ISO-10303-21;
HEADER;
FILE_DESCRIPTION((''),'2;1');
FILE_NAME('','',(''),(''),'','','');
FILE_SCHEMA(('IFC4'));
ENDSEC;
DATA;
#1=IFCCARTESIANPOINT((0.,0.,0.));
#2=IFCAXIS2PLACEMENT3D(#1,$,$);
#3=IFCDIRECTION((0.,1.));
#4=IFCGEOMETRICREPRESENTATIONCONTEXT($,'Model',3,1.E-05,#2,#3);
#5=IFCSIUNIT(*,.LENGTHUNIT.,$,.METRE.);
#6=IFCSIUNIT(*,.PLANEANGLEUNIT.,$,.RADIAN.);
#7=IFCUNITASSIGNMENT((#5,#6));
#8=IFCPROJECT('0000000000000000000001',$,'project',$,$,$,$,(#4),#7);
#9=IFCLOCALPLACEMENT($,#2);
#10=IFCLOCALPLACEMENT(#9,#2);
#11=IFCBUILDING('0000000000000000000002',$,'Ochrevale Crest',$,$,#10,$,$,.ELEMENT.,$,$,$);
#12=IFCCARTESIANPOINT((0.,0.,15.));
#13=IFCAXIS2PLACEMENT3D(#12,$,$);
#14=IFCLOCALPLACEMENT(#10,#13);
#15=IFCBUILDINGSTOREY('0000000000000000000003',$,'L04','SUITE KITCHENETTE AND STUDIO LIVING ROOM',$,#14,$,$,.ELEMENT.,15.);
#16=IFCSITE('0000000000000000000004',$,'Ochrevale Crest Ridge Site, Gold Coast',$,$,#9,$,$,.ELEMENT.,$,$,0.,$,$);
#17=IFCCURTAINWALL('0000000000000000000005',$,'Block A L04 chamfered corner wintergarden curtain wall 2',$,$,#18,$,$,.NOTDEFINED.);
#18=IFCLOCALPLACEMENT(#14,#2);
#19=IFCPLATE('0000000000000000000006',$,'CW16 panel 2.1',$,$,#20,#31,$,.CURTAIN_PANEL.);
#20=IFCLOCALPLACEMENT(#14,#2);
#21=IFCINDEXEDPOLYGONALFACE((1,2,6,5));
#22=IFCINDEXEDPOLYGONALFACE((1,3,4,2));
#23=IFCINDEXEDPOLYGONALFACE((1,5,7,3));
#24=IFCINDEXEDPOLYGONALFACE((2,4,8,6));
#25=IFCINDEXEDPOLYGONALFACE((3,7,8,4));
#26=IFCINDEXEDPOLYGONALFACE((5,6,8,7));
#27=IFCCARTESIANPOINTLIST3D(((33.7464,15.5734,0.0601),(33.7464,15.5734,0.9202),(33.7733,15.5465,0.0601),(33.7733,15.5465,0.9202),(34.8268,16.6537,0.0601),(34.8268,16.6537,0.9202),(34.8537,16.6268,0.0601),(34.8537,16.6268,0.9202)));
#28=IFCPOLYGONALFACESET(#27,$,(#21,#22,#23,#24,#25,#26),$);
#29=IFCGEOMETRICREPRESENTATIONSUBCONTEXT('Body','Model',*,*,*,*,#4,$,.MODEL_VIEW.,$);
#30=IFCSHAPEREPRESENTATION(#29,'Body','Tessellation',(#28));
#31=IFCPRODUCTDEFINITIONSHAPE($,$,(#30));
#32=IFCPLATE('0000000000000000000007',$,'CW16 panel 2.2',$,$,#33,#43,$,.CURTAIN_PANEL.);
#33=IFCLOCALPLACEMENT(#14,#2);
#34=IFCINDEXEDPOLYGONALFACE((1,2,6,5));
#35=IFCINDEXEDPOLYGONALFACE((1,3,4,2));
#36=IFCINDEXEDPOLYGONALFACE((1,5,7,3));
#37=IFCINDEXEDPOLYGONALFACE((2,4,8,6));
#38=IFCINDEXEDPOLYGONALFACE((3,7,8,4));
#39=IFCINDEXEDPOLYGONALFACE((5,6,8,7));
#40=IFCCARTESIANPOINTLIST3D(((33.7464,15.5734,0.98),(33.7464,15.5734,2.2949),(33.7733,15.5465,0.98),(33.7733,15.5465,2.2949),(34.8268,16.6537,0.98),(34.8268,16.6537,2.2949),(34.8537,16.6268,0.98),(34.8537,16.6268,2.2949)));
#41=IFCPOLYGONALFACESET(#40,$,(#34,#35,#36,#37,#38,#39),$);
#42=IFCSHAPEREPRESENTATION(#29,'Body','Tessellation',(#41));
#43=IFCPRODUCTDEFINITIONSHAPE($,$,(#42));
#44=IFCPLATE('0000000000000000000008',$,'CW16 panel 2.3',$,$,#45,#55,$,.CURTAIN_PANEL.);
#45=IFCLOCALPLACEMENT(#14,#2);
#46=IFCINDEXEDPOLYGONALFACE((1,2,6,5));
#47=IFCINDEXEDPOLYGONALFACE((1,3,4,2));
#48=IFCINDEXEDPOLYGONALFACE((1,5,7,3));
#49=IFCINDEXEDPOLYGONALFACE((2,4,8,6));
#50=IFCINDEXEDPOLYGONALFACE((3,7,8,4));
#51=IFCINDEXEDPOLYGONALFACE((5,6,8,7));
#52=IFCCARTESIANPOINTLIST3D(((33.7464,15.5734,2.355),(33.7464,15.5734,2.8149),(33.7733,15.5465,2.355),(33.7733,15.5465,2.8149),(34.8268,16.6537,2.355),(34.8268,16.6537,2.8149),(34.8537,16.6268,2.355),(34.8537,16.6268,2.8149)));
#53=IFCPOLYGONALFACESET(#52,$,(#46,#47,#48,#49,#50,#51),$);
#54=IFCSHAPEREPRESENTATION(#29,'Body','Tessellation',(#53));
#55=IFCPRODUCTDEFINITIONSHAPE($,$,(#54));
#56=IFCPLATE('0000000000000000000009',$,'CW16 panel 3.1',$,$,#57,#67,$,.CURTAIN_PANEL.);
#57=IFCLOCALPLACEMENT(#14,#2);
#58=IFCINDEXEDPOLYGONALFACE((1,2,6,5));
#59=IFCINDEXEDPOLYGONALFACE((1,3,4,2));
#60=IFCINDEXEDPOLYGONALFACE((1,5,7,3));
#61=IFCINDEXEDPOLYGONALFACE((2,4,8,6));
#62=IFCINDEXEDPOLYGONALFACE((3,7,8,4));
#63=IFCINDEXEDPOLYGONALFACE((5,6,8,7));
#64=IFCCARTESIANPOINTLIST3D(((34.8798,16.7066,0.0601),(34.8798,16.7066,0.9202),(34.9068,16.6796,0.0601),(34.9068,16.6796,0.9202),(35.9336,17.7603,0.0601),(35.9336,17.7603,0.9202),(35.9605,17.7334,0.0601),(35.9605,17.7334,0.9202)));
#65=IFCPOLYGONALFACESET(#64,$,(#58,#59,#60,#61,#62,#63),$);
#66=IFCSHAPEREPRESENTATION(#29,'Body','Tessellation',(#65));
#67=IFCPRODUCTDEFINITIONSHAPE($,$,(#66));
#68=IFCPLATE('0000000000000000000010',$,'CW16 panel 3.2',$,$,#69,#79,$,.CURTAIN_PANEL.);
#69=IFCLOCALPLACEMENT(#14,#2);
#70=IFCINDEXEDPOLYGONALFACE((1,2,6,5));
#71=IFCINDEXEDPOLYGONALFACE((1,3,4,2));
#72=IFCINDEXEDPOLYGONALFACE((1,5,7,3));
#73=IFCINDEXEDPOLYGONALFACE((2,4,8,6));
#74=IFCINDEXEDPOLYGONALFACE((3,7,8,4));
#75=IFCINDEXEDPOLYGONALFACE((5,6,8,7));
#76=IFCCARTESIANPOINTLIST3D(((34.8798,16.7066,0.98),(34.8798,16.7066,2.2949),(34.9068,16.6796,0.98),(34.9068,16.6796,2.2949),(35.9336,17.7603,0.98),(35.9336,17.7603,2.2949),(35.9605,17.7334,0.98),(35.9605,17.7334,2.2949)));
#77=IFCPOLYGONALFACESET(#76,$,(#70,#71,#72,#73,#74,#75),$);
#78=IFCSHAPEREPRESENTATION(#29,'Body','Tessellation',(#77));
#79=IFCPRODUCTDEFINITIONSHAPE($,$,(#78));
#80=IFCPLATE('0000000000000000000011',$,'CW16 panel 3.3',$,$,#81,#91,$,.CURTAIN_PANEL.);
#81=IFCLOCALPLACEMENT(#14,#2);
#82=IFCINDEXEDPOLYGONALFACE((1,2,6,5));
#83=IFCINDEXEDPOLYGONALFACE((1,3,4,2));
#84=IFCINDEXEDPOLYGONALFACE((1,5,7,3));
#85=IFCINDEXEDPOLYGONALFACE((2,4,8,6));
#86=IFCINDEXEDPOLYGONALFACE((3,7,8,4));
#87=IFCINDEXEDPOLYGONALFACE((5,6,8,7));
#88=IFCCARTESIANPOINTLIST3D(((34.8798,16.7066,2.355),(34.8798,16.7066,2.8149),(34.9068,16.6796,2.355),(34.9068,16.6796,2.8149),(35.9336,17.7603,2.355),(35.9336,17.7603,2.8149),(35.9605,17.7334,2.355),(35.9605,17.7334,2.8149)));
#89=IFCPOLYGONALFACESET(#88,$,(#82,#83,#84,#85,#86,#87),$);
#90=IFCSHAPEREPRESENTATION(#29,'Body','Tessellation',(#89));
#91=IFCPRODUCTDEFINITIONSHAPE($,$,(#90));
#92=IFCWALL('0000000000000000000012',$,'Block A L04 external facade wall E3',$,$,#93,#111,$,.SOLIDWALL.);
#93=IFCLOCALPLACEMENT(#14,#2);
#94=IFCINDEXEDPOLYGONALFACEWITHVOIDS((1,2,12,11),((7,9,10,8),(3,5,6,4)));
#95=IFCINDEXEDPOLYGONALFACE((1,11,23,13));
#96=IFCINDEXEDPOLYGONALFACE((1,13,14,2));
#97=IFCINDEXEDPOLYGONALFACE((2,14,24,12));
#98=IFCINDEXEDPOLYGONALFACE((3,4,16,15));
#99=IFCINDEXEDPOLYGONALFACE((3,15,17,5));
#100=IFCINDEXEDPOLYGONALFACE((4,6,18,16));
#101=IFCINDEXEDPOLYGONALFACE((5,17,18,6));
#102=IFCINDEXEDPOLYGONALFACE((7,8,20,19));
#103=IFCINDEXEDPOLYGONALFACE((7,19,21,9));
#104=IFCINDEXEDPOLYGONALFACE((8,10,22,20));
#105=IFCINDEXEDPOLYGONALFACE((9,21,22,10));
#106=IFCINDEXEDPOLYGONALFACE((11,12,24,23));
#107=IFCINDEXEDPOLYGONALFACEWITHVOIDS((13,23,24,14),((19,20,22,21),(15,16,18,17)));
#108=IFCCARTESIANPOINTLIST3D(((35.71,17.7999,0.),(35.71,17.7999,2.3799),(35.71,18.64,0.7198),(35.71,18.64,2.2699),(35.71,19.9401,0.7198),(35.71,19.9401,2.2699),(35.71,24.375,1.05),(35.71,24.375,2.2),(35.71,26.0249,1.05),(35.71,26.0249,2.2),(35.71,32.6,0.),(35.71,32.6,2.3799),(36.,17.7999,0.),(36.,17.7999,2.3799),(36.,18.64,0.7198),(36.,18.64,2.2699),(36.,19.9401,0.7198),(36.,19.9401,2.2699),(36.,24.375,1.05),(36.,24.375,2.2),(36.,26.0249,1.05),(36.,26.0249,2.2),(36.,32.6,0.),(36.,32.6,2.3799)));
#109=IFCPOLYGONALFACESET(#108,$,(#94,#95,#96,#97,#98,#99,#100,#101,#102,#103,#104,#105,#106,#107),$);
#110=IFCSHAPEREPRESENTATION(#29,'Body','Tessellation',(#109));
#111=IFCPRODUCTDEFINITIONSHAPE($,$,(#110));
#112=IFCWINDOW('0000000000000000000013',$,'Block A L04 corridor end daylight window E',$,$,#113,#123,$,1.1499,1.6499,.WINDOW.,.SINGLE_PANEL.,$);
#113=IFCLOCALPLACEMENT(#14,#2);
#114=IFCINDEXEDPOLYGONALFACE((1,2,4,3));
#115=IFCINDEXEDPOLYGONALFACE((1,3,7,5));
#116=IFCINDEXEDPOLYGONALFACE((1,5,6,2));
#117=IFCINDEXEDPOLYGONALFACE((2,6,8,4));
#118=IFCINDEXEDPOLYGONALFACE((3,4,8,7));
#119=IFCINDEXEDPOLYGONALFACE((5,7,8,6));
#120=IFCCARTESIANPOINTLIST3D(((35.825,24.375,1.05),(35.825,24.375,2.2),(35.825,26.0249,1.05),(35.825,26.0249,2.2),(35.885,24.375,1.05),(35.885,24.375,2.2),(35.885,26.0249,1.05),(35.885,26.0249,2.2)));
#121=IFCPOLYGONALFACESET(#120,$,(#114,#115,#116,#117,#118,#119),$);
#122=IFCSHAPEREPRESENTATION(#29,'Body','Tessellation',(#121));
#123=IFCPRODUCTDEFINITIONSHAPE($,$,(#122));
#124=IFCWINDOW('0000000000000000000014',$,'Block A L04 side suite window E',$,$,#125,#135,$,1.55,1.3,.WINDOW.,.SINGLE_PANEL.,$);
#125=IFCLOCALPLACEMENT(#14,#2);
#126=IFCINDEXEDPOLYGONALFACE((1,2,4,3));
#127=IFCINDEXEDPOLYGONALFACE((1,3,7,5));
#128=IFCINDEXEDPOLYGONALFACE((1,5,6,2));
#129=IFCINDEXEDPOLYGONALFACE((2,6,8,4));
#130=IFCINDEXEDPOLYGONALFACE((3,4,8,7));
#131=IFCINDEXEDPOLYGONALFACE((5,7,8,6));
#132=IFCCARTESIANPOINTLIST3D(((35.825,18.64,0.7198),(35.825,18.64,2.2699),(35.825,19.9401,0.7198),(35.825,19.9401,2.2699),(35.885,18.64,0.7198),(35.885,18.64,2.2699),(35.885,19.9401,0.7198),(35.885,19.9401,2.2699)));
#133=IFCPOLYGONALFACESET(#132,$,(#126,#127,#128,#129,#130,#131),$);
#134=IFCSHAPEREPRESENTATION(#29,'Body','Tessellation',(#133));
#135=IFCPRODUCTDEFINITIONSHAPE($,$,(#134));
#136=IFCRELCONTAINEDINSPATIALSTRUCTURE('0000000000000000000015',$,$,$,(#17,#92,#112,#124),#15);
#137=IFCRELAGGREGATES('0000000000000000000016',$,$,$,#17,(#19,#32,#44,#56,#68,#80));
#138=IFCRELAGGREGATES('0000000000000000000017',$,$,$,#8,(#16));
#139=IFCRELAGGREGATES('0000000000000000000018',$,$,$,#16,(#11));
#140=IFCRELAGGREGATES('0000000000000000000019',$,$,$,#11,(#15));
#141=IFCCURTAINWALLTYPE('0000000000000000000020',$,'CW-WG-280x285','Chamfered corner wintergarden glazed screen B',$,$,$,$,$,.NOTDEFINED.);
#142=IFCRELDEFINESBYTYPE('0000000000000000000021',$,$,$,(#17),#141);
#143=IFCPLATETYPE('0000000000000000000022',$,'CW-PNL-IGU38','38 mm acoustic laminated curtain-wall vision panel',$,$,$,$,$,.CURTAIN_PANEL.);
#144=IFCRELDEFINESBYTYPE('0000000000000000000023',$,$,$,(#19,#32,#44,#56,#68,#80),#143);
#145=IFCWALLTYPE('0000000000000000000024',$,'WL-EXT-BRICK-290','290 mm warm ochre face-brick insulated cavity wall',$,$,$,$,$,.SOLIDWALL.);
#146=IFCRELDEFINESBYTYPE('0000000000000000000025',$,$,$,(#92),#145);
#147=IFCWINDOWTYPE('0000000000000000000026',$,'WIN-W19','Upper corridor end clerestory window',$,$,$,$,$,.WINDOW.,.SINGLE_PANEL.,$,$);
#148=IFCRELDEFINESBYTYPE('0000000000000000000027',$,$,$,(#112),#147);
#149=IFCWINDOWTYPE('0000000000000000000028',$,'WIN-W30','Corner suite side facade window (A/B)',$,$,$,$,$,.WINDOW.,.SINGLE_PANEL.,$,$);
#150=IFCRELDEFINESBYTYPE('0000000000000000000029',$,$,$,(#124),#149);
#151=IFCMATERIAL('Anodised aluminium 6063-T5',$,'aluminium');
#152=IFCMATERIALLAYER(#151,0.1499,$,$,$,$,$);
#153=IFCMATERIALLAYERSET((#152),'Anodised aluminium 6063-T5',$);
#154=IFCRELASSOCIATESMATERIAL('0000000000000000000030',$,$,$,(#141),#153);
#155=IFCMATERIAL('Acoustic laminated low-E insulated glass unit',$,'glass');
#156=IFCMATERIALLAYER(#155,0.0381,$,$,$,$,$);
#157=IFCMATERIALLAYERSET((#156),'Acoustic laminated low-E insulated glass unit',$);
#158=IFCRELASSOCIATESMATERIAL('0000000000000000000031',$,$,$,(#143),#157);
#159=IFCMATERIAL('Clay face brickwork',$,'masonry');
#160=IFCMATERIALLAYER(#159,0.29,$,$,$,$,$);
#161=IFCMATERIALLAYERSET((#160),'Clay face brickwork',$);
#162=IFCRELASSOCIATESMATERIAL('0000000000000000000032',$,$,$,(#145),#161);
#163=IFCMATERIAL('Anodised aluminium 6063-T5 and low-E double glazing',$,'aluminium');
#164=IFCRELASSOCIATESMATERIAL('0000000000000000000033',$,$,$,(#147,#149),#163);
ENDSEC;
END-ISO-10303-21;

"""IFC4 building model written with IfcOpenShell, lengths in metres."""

from ifc_helpers import new_model, si_unit, direction, frame, frame_2d, origin, origin_2d, place, context, subcontext, project, spatial, rectangle, extrude, material, layer, layer_set, type_object, element, fill, aggregate, save


model = new_model("IFC4")

# Units and contexts
model_context = context("Model", 3, precision=1e-05, world=origin(), true_north=direction((0.0, 1.0)))
body_context = subcontext(model_context, "Body", "Model", "MODEL_VIEW")
ifc_project = project(units=[si_unit("LENGTHUNIT", "METRE"), si_unit("PLANEANGLEUNIT", "RADIAN")], contexts=[model_context])

# Site, building, storey
site_placement = place(None, origin())
site = spatial("IfcSite", under=ifc_project, at=site_placement, Name="Ochrevale Crest Ridge Site, Gold Coast", CompositionType="ELEMENT", RefElevation=0.0)
building_placement = place(site_placement, origin())
building = spatial("IfcBuilding", under=site, at=building_placement, Name="Ochrevale Crest", CompositionType="ELEMENT")
storey_placement = place(building_placement, frame((0.0, 0.0, 15.0)))
storey = spatial("IfcBuildingStorey", under=building, at=storey_placement, Name="L04", Description="SUITE KITCHENETTE AND STUDIO LIVING ROOM", CompositionType="ELEMENT", Elevation=15.0)

# Curtain wall, plates
ifc_material_1 = material(Name="Anodised aluminium 6063-T5", Category="aluminium")
ifc_layer_1 = layer(ifc_material_1, 0.1499)
ifc_layer_set_1 = layer_set([ifc_layer_1], Name="Anodised aluminium 6063-T5")
curtain_wall_type = type_object("IfcCurtainWallType", Name="CW-WG-280x285", Description="Chamfered corner wintergarden glazed screen B", PredefinedType="NOTDEFINED", material=ifc_layer_set_1)
curtain_wall_placement = place(storey_placement, origin())
curtain_wall = element("IfcCurtainWall", 1, at=curtain_wall_placement, inside=storey, type_object=curtain_wall_type, Name="Block A L04 chamfered corner wintergarden curtain wall 2", PredefinedType="NOTDEFINED")
ifc_material_2 = material(Name="Acoustic laminated low-E insulated glass unit", Category="glass")
ifc_layer_2 = layer(ifc_material_2, 0.0381)
ifc_layer_set_2 = layer_set([ifc_layer_2], Name="Acoustic laminated low-E insulated glass unit")
plate_type = type_object("IfcPlateType", Name="CW-PNL-IGU38", Description="38 mm acoustic laminated curtain-wall vision panel", PredefinedType="CURTAIN_PANEL", material=ifc_layer_set_2)
plate_1_placement = place(storey_placement, frame((34.3, 16.1001, 0.0601), z_axis=(0.0, 0.0, 1.0), x_axis=(0.707107, 0.707107, 0.0)))
plate_1 = element("IfcPlate", 2, at=plate_1_placement, type_object=plate_type, Name="CW16 panel 2.1", PredefinedType="CURTAIN_PANEL", context=body_context, shape_type="SweptSolid", body=[
    extrude(rectangle(XDim=1.5278, YDim=0.0381, at=origin_2d()), origin(), (0.0, 0.0, 1.0), 0.8601),
])
plate_2_placement = place(storey_placement, frame((34.3, 16.1001, 0.98), z_axis=(0.0, 0.0, 1.0), x_axis=(0.707107, 0.707107, 0.0)))
plate_2 = element("IfcPlate", 3, at=plate_2_placement, type_object=plate_type, Name="CW16 panel 2.2", PredefinedType="CURTAIN_PANEL", context=body_context, shape_type="SweptSolid", body=[
    extrude(rectangle(XDim=1.5278, YDim=0.0381, at=origin_2d()), origin(), (0.0, 0.0, 1.0), 1.3149),
])
plate_3_placement = place(storey_placement, frame((34.3, 16.1001, 2.355), z_axis=(0.0, 0.0, 1.0), x_axis=(0.707107, 0.707107, 0.0)))
plate_3 = element("IfcPlate", 4, at=plate_3_placement, type_object=plate_type, Name="CW16 panel 2.3", PredefinedType="CURTAIN_PANEL", context=body_context, shape_type="SweptSolid", body=[
    extrude(rectangle(XDim=1.5278, YDim=0.0381, at=origin_2d()), origin(), (0.0, 0.0, 1.0), 0.46),
])
plate_4_placement = place(storey_placement, frame((35.4202, 17.22, 0.0601), z_axis=(0.0, 0.0, 1.0), x_axis=(0.707107, 0.707107, 0.0)))
plate_4 = element("IfcPlate", 5, at=plate_4_placement, type_object=plate_type, Name="CW16 panel 3.1", PredefinedType="CURTAIN_PANEL", context=body_context, shape_type="SweptSolid", body=[
    extrude(rectangle(XDim=1.4902, YDim=0.0381, at=origin_2d()), origin(), (0.0, 0.0, 1.0), 0.8601),
])
plate_5_placement = place(storey_placement, frame((35.4202, 17.22, 0.98), z_axis=(0.0, 0.0, 1.0), x_axis=(0.707107, 0.707107, 0.0)))
plate_5 = element("IfcPlate", 6, at=plate_5_placement, type_object=plate_type, Name="CW16 panel 3.2", PredefinedType="CURTAIN_PANEL", context=body_context, shape_type="SweptSolid", body=[
    extrude(rectangle(XDim=1.4902, YDim=0.0381, at=origin_2d()), origin(), (0.0, 0.0, 1.0), 1.3149),
])
plate_6_placement = place(storey_placement, frame((35.4202, 17.22, 2.355), z_axis=(0.0, 0.0, 1.0), x_axis=(0.707107, 0.707107, 0.0)))
plate_6 = element("IfcPlate", 7, at=plate_6_placement, type_object=plate_type, Name="CW16 panel 3.3", PredefinedType="CURTAIN_PANEL", context=body_context, shape_type="SweptSolid", body=[
    extrude(rectangle(XDim=1.4902, YDim=0.0381, at=origin_2d()), origin(), (0.0, 0.0, 1.0), 0.46),
])
aggregate(curtain_wall, [plate_1, plate_2, plate_3, plate_4, plate_5, plate_6])

# Wall, openings, windows
ifc_material_3 = material(Name="Clay face brickwork", Category="masonry")
ifc_layer_3 = layer(ifc_material_3, 0.29)
ifc_layer_set_3 = layer_set([ifc_layer_3], Name="Clay face brickwork")
wall_type = type_object("IfcWallType", Name="WL-EXT-BRICK-290", Description="290 mm warm ochre face-brick insulated cavity wall", PredefinedType="SOLIDWALL", material=ifc_layer_set_3)
wall_placement = place(storey_placement, frame((35.855, 17.8, 0.0), z_axis=(0.0, 0.0, 1.0), x_axis=(0.0, 1.0, 0.0)))
wall = element("IfcWall", 8, at=wall_placement, inside=storey, type_object=wall_type, Name="Block A L04 external facade wall E3", PredefinedType="SOLIDWALL", context=body_context, shape_type="SweptSolid", body=[
    extrude(rectangle(XDim=14.8, YDim=0.29, at=frame_2d((7.3999, 0.0))), origin(), (0.0, 0.0, 1.0), 2.3799),
])
opening_1_placement = place(wall_placement, frame((6.575, 0.0, 1.05)))
opening_1 = element("IfcOpeningElement", 9, at=opening_1_placement, cuts=wall, PredefinedType="OPENING", context=body_context, shape_type="SweptSolid", body=[
    extrude(rectangle(XDim=1.6499, YDim=1.1499, at=frame_2d((0.825, 0.575))), frame((0.0, 0.155, 0.0), z_axis=(0.0, -1.0, 0.0), x_axis=(1.0, 0.0, 0.0)), (0.0, 0.0, 1.0), 0.3101),
])
opening_2_placement = place(wall_placement, frame((0.8401, 0.0, 0.72)))
opening_2 = element("IfcOpeningElement", 10, at=opening_2_placement, cuts=wall, PredefinedType="OPENING", context=body_context, shape_type="SweptSolid", body=[
    extrude(rectangle(XDim=1.3, YDim=1.55, at=frame_2d((0.6499, 0.7749))), frame((0.0, 0.155, 0.0), z_axis=(0.0, -1.0, 0.0), x_axis=(1.0, 0.0, 0.0)), (0.0, 0.0, 1.0), 0.3101),
])
ifc_material_4 = material(Name="Anodised aluminium 6063-T5 and low-E double glazing", Category="aluminium")
window_type_1 = type_object("IfcWindowType", Name="WIN-W19", Description="Upper corridor end clerestory window", PartitioningType="SINGLE_PANEL", PredefinedType="WINDOW", material=ifc_material_4)
window_1_placement = place(opening_1_placement, origin())
window_1 = element("IfcWindow", 11, at=window_1_placement, inside=storey, type_object=window_type_1, Name="Block A L04 corridor end daylight window E", OverallHeight=1.1499, OverallWidth=1.6499, PartitioningType="SINGLE_PANEL", PredefinedType="WINDOW", context=body_context, shape_type="SweptSolid", body=[
    extrude(rectangle(XDim=1.6499, YDim=1.1499, at=frame_2d((0.825, 0.575))), frame((0.0, 0.03, 0.0), z_axis=(0.0, -1.0, 0.0), x_axis=(1.0, 0.0, 0.0)), (0.0, 0.0, 1.0), 0.0601),
])
fill(opening_1, window_1)
window_type_2 = type_object("IfcWindowType", Name="WIN-W30", Description="Corner suite side facade window (A/B)", PartitioningType="SINGLE_PANEL", PredefinedType="WINDOW", material=ifc_material_4)
window_2_placement = place(opening_2_placement, origin())
window_2 = element("IfcWindow", 12, at=window_2_placement, inside=storey, type_object=window_type_2, Name="Block A L04 side suite window E", OverallHeight=1.55, OverallWidth=1.3, PartitioningType="SINGLE_PANEL", PredefinedType="WINDOW", context=body_context, shape_type="SweptSolid", body=[
    extrude(rectangle(XDim=1.3, YDim=1.55, at=frame_2d((0.6499, 0.7749))), frame((0.0, 0.03, 0.0), z_axis=(0.0, -1.0, 0.0), x_axis=(1.0, 0.0, 0.0)), (0.0, 0.0, 1.0), 0.0601),
])
fill(opening_2, window_2)

save(model, "model.ifc")
